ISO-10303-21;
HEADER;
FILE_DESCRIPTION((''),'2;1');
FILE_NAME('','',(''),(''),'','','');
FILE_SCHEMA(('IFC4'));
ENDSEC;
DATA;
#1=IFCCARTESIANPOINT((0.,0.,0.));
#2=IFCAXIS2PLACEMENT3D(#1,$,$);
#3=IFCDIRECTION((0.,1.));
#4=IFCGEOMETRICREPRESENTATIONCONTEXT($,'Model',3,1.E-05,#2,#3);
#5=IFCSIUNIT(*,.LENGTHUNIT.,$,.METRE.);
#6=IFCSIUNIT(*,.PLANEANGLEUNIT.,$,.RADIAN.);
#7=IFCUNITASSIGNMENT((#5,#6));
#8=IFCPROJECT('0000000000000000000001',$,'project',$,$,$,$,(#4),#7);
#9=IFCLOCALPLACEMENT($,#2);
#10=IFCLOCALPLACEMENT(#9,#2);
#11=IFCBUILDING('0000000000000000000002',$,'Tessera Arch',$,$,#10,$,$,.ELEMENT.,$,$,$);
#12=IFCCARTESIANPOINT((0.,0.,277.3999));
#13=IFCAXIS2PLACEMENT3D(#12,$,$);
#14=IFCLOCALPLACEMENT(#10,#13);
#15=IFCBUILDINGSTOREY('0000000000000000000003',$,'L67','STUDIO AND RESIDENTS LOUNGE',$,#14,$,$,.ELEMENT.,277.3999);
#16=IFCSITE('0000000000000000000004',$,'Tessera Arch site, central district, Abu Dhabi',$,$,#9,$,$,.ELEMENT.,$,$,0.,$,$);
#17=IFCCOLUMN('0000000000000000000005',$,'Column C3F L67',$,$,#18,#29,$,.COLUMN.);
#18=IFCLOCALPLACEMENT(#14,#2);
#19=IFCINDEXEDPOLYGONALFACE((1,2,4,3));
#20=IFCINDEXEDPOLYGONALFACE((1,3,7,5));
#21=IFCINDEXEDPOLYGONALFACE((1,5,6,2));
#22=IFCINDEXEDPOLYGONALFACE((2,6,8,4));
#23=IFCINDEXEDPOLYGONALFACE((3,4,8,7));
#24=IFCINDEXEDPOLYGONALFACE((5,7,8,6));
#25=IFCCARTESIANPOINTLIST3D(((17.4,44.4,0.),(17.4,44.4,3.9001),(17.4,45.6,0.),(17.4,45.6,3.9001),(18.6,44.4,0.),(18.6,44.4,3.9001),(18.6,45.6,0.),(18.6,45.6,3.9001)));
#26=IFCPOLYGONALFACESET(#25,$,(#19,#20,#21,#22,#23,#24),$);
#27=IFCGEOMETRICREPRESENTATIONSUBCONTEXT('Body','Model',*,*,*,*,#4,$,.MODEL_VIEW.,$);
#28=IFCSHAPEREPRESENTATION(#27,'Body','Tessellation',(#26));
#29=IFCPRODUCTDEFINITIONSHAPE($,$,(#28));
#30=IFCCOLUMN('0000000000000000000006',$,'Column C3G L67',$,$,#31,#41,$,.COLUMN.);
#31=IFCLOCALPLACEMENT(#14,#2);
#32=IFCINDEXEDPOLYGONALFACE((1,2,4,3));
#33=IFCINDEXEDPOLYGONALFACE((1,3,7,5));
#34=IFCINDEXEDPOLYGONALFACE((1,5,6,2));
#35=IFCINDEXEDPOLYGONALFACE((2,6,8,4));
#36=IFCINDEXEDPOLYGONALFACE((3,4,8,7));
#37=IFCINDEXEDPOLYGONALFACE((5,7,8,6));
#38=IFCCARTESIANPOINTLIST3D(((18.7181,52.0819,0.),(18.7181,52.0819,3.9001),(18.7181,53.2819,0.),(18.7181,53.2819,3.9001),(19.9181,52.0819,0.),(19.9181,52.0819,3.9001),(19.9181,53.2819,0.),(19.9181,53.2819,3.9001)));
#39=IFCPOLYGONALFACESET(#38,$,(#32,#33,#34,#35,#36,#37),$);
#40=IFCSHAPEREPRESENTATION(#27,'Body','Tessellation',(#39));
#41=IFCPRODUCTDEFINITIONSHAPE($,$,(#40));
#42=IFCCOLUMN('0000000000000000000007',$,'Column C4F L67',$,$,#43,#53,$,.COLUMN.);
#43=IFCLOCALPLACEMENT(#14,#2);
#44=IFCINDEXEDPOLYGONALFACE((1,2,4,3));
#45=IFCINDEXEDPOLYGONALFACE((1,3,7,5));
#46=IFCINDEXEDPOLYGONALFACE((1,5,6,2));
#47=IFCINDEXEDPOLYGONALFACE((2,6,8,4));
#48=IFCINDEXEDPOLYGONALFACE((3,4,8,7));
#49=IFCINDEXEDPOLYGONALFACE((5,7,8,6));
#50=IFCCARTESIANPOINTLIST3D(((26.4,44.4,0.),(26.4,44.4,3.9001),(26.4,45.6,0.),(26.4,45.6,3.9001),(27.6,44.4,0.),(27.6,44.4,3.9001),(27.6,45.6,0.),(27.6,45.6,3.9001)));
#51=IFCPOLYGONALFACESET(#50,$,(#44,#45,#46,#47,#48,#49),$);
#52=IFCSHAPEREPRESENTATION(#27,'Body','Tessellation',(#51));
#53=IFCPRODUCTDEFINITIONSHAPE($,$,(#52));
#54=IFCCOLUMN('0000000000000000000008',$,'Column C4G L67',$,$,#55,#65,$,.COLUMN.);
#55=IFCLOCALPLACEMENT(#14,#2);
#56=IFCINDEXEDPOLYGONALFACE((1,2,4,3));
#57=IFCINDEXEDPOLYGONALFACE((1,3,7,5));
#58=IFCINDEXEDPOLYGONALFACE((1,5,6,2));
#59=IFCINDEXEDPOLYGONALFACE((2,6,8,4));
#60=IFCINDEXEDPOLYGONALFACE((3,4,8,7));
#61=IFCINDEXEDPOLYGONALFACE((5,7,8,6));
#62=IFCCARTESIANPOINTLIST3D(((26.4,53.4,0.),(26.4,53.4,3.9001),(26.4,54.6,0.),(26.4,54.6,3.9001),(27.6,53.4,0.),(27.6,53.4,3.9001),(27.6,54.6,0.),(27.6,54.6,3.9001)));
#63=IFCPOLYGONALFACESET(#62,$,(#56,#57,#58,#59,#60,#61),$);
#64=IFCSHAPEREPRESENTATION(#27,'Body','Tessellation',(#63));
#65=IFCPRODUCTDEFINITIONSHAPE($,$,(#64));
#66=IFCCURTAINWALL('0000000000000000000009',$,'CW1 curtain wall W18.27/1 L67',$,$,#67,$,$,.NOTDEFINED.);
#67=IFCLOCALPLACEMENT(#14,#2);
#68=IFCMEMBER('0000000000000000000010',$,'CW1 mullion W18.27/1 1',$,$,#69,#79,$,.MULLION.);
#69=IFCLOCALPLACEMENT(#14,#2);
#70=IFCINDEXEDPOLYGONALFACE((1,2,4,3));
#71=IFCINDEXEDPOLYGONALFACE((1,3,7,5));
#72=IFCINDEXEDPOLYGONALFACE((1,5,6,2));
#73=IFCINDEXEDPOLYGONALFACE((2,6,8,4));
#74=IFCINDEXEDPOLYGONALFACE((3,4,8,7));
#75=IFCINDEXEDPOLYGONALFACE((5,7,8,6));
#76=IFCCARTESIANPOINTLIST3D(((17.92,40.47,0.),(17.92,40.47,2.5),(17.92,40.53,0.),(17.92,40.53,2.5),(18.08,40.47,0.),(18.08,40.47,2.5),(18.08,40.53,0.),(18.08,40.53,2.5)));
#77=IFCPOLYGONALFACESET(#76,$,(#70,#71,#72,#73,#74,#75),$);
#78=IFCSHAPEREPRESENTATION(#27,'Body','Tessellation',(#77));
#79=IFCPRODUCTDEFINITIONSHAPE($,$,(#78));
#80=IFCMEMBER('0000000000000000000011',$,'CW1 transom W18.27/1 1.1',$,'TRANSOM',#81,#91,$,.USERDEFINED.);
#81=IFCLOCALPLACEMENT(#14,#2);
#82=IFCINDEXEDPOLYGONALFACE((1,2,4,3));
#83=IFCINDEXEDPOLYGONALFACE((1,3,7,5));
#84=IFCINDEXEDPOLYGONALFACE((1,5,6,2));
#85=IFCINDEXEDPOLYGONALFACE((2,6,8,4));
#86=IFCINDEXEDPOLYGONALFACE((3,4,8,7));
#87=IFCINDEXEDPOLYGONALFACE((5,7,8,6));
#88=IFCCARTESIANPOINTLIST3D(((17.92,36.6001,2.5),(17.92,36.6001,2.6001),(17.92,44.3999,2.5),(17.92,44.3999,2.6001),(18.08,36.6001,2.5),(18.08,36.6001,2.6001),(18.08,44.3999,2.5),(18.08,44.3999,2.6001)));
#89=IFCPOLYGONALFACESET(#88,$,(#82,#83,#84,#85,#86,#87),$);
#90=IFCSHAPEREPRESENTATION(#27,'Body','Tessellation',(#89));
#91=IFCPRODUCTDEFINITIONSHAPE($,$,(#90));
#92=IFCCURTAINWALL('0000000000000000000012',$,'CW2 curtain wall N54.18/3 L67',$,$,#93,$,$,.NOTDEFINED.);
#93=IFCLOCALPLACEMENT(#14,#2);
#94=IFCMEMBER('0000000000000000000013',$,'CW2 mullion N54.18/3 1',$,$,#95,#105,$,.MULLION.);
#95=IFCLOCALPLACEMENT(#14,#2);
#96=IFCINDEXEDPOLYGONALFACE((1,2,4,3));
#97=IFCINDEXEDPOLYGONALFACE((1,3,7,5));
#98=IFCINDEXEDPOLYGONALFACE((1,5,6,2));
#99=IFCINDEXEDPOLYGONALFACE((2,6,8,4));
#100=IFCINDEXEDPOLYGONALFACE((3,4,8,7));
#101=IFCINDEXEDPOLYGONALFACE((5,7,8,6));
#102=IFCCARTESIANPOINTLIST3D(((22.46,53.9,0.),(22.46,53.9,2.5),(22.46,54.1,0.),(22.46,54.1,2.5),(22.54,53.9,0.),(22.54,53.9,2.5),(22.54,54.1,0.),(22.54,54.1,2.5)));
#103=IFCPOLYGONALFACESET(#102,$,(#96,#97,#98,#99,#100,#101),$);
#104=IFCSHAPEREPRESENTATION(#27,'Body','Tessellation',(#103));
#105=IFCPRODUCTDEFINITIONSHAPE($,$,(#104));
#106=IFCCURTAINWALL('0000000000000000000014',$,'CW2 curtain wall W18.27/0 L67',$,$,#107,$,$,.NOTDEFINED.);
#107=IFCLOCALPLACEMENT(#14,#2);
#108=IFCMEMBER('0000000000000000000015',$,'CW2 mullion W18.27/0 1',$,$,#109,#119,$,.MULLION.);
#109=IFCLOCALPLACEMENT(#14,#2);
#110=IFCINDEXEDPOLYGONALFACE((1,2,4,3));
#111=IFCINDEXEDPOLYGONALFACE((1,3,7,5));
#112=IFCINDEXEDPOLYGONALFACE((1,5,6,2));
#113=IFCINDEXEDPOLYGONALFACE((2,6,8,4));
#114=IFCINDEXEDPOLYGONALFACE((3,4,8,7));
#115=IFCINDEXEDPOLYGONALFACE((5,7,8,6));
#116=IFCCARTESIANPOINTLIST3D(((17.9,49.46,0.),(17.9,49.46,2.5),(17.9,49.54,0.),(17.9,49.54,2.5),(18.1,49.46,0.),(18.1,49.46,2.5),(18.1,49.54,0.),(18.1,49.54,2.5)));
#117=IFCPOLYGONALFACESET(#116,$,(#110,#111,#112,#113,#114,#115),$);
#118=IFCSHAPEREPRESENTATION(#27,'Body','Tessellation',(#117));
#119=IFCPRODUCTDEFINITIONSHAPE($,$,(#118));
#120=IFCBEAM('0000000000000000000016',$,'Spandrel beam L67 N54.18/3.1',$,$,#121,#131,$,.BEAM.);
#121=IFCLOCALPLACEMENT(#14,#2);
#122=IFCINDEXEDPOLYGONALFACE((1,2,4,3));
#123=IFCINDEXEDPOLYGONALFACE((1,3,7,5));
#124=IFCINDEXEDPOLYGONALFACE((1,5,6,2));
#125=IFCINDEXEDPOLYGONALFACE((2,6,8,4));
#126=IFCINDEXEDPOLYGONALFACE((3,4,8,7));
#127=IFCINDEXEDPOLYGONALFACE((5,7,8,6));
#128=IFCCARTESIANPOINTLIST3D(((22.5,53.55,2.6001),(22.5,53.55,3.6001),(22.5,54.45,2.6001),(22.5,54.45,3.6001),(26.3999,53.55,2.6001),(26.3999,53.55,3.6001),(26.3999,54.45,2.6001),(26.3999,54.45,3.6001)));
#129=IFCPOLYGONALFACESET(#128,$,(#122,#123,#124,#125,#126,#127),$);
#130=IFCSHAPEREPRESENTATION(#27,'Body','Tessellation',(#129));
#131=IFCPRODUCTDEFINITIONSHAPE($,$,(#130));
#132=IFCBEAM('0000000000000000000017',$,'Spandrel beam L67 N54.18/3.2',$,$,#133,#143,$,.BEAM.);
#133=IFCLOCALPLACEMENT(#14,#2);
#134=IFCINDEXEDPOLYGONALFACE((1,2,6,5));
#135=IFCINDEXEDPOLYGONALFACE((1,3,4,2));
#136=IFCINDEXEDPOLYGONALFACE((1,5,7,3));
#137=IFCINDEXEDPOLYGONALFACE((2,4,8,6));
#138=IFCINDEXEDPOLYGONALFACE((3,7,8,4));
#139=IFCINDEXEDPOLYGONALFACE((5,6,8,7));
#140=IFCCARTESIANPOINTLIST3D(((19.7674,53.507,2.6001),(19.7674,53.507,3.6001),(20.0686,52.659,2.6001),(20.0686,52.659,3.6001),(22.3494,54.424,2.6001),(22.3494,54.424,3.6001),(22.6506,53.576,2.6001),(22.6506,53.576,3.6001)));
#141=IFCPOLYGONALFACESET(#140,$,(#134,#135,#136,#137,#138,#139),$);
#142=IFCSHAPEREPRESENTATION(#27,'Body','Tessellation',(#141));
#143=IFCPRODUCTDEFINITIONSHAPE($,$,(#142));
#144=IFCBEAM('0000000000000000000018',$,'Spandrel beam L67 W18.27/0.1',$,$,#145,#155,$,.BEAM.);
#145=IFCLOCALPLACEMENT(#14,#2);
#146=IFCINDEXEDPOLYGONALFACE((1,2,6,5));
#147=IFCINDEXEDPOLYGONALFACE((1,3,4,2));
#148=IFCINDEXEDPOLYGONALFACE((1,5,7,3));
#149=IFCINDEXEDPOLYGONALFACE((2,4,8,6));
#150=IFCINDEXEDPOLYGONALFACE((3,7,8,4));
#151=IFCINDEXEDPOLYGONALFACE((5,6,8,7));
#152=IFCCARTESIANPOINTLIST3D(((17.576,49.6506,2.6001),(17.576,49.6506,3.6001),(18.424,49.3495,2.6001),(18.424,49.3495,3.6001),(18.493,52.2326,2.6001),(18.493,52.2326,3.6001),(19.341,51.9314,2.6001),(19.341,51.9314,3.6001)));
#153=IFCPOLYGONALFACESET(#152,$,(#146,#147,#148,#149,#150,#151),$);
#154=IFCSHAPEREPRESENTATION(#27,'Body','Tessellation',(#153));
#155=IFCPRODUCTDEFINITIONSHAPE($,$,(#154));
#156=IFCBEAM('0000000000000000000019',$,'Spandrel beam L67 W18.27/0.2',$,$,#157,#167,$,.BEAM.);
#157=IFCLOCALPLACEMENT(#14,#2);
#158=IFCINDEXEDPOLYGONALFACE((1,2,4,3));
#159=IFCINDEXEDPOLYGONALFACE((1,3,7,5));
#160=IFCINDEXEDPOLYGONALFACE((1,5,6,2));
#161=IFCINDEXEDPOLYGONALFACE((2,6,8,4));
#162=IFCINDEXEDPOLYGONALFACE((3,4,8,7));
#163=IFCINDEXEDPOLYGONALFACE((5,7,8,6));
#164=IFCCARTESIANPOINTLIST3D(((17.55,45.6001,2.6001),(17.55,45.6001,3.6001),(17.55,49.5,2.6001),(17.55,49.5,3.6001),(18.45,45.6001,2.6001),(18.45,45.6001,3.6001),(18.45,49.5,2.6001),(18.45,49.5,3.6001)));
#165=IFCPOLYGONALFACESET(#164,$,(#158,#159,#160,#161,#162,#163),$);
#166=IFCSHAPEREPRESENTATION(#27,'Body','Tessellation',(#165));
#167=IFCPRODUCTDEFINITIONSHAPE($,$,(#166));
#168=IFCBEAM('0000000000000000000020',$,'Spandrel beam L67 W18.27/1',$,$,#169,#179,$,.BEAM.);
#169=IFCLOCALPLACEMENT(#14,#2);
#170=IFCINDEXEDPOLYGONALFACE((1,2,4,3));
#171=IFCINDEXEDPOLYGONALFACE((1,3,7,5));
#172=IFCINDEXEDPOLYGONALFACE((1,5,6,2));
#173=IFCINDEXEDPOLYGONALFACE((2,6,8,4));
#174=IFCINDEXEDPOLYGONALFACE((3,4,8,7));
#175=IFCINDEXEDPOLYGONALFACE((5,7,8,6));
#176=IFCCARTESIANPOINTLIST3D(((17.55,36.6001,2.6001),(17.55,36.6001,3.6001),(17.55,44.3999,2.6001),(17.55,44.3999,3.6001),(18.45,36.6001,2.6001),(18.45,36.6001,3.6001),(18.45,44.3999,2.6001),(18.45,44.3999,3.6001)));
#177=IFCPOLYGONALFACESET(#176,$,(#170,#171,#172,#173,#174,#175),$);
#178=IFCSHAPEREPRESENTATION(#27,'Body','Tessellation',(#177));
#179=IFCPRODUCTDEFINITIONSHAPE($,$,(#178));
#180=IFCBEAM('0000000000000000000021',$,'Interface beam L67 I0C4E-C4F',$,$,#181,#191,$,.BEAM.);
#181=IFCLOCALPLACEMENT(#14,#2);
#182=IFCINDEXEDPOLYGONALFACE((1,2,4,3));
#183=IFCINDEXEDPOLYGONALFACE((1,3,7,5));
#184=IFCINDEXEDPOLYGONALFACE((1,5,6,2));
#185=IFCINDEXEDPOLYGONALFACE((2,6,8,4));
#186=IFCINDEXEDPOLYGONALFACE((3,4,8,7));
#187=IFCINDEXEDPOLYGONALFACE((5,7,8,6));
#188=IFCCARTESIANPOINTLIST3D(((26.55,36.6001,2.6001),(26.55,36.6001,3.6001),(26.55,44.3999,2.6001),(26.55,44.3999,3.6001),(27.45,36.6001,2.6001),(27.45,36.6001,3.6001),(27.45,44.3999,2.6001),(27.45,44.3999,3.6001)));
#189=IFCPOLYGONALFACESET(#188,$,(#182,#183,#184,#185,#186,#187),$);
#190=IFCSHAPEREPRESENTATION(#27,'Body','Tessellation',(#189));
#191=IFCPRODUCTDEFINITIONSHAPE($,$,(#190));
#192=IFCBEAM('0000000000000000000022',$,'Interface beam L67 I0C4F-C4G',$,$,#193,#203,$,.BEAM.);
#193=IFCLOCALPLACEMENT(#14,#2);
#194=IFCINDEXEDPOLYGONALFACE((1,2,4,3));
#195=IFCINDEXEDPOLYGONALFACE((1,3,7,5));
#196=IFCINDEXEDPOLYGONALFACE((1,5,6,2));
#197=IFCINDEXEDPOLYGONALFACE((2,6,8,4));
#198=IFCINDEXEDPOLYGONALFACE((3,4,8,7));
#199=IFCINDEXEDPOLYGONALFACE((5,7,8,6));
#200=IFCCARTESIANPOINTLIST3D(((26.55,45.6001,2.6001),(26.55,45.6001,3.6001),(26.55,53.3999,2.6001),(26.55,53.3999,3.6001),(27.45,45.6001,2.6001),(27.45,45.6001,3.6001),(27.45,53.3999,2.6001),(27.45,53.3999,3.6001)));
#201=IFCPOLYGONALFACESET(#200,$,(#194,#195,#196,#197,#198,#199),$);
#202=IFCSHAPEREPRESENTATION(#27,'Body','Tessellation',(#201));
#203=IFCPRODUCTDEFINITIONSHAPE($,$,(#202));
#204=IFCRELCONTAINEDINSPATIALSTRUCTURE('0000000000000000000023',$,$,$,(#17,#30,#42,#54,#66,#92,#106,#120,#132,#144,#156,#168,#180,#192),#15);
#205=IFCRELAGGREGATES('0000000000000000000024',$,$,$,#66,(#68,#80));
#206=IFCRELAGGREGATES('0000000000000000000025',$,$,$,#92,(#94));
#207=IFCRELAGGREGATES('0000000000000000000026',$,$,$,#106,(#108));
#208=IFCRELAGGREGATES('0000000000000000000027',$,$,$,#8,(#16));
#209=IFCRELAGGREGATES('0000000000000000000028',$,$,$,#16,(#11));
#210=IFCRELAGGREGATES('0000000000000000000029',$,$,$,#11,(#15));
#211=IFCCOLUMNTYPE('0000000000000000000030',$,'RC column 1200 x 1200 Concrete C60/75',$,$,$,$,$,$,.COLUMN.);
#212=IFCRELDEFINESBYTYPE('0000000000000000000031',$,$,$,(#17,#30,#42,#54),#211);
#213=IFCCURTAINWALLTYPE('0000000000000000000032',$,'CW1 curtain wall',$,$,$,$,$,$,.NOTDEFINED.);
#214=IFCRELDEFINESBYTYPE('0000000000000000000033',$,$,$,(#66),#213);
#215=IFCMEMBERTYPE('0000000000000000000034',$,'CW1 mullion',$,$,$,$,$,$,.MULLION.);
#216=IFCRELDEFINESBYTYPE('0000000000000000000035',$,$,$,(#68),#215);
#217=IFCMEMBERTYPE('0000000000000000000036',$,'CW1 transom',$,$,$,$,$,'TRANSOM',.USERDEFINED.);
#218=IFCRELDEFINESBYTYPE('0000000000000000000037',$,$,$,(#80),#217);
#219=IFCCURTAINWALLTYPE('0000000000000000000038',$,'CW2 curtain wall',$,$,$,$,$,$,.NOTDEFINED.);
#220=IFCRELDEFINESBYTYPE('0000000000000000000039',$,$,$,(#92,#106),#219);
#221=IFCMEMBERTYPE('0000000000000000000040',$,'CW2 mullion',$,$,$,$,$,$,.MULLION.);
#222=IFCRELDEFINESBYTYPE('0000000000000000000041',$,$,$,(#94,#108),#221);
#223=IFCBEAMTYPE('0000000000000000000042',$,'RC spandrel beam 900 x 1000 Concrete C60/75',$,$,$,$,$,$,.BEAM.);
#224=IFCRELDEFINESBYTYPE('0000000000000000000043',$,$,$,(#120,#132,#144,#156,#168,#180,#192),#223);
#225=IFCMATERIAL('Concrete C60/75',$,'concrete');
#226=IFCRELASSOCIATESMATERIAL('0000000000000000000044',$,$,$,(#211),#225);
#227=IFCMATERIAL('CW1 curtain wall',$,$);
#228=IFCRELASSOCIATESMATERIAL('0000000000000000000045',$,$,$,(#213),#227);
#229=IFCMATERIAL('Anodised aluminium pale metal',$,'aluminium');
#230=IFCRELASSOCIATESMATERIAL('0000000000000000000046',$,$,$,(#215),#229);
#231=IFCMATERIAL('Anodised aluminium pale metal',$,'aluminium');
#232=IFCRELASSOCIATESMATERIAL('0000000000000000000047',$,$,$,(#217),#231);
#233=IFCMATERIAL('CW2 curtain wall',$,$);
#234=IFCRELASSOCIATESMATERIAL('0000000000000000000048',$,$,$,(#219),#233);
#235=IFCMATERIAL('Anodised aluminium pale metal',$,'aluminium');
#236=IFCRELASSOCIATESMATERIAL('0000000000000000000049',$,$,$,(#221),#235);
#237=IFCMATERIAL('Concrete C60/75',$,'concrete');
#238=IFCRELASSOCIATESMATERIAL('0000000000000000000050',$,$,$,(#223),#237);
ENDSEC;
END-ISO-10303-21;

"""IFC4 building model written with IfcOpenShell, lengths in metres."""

from ifc_helpers import new_model, si_unit, direction, frame, origin, origin_2d, place, context, subcontext, project, spatial, rectangle, extrude, material, material_profile, profile_set, type_object, element, aggregate, save


model = new_model("IFC4")

# Units and contexts
model_context = context("Model", 3, precision=1e-05, world=origin(), true_north=direction((0.0, 1.0)))
body_context = subcontext(model_context, "Body", "Model", "MODEL_VIEW")
ifc_project = project(units=[si_unit("LENGTHUNIT", "METRE"), si_unit("PLANEANGLEUNIT", "RADIAN")], contexts=[model_context])

# Site, building, storey
site_placement = place(None, origin())
site = spatial("IfcSite", under=ifc_project, at=site_placement, Name="Tessera Arch site, central district, Abu Dhabi", CompositionType="ELEMENT", RefElevation=0.0)
building_placement = place(site_placement, origin())
building = spatial("IfcBuilding", under=site, at=building_placement, Name="Tessera Arch", CompositionType="ELEMENT")
storey_placement = place(building_placement, frame((0.0, 0.0, 277.3999)))
storey = spatial("IfcBuildingStorey", under=building, at=storey_placement, Name="L67", Description="STUDIO AND RESIDENTS LOUNGE", CompositionType="ELEMENT", Elevation=277.3999)

# Columns
ifc_material_1 = material(Name="Concrete C60/75", Category="concrete")
ifc_material_profile_1 = material_profile(ifc_material_1, rectangle(XDim=1.2, YDim=1.2, at=origin_2d()), Name="RC column 1200 x 1200 Concrete C60/75")
ifc_profile_set_1 = profile_set([ifc_material_profile_1], Name="Concrete C60/75")
column_type = type_object("IfcColumnType", Name="RC column 1200 x 1200 Concrete C60/75", PredefinedType="COLUMN", material=ifc_profile_set_1)
for number, where, z_axis, x_axis, name in (
    (1, (18.0, 45.0, 0.0), (0.0, 0.0, 1.0), (1.0, 0.0, 0.0), "Column C3F L67"),
    (2, (19.3181, 52.6819, 0.0), (0.0, 0.0, 1.0), (1.0, 0.0, 0.0), "Column C3G L67"),
    (3, (27.0, 45.0, 0.0), (0.0, 0.0, 1.0), (1.0, 0.0, 0.0), "Column C4F L67"),
    (4, (27.0, 54.0, 0.0), (0.0, 0.0, 1.0), (1.0, 0.0, 0.0), "Column C4G L67"),
):
    element("IfcColumn", number, at=place(storey_placement, frame(where, z_axis=z_axis, x_axis=x_axis)), inside=storey, type_object=column_type, Name=name, PredefinedType="COLUMN", context=body_context, shape_type="SweptSolid", body=[
        extrude(rectangle(XDim=1.2, YDim=1.2, at=origin_2d()), origin(), (0.0, 0.0, 1.0), 3.9001),
    ])

# Curtain wall, members
ifc_material_2 = material(Name="CW1 curtain wall")
curtain_wall_type_1 = type_object("IfcCurtainWallType", Name="CW1 curtain wall", PredefinedType="NOTDEFINED", material=ifc_material_2)
curtain_wall_1_placement = place(storey_placement, origin())
curtain_wall_1 = element("IfcCurtainWall", 5, at=curtain_wall_1_placement, inside=storey, type_object=curtain_wall_type_1, Name="CW1 curtain wall W18.27/1 L67", PredefinedType="NOTDEFINED")
ifc_material_3 = material(Name="Anodised aluminium pale metal", Category="aluminium")
ifc_material_profile_2 = material_profile(ifc_material_3, rectangle(XDim=0.1599, YDim=0.0601, at=origin_2d()), Name="AL 60x160")
ifc_profile_set_2 = profile_set([ifc_material_profile_2], Name="Anodised aluminium pale metal")
member_type_1 = type_object("IfcMemberType", Name="CW1 mullion", PredefinedType="MULLION", material=ifc_profile_set_2)
member_1_placement = place(storey_placement, frame((18.0, 40.5, 0.0), z_axis=(0.0, 0.0, 1.0), x_axis=(1.0, 0.0, 0.0)))
member_1 = element("IfcMember", 6, at=member_1_placement, type_object=member_type_1, Name="CW1 mullion W18.27/1 1", PredefinedType="MULLION", context=body_context, shape_type="SweptSolid", body=[
    extrude(rectangle(XDim=0.1599, YDim=0.0601, at=origin_2d()), origin(), (0.0, 0.0, 1.0), 2.5),
])
ifc_material_4 = material(Name="Anodised aluminium pale metal", Category="aluminium")
ifc_material_profile_3 = material_profile(ifc_material_4, rectangle(XDim=0.1599, YDim=0.1001, at=origin_2d()), Name="AL 160x100")
ifc_profile_set_3 = profile_set([ifc_material_profile_3], Name="Anodised aluminium pale metal")
member_type_2 = type_object("IfcMemberType", Name="CW1 transom", ElementType="TRANSOM", PredefinedType="USERDEFINED", material=ifc_profile_set_3)
member_2_placement = place(storey_placement, frame((18.0, 44.3999, 2.55), z_axis=(0.0, -1.0, 0.0), x_axis=(1.0, 0.0, 0.0)))
member_2 = element("IfcMember", 7, at=member_2_placement, type_object=member_type_2, Name="CW1 transom W18.27/1 1.1", ObjectType="TRANSOM", PredefinedType="USERDEFINED", context=body_context, shape_type="SweptSolid", body=[
    extrude(rectangle(XDim=0.1599, YDim=0.1001, at=origin_2d()), origin(), (0.0, 0.0, 1.0), 7.7998),
])

# Curtain walls, members
ifc_material_5 = material(Name="CW2 curtain wall")
curtain_wall_type_2 = type_object("IfcCurtainWallType", Name="CW2 curtain wall", PredefinedType="NOTDEFINED", material=ifc_material_5)
curtain_wall_2_placement = place(storey_placement, origin())
curtain_wall_2 = element("IfcCurtainWall", 8, at=curtain_wall_2_placement, inside=storey, type_object=curtain_wall_type_2, Name="CW2 curtain wall N54.18/3 L67", PredefinedType="NOTDEFINED")
ifc_material_6 = material(Name="Anodised aluminium pale metal", Category="aluminium")
ifc_material_profile_4 = material_profile(ifc_material_6, rectangle(XDim=0.2, YDim=0.0801, at=origin_2d()), Name="AL 80x200")
ifc_profile_set_4 = profile_set([ifc_material_profile_4], Name="Anodised aluminium pale metal")
member_type_3 = type_object("IfcMemberType", Name="CW2 mullion", PredefinedType="MULLION", material=ifc_profile_set_4)
member_3_placement = place(storey_placement, frame((22.5, 54.0, 0.0), z_axis=(0.0, 0.0, 1.0), x_axis=(0.0, -1.0, 0.0)))
member_3 = element("IfcMember", 9, at=member_3_placement, type_object=member_type_3, Name="CW2 mullion N54.18/3 1", PredefinedType="MULLION", context=body_context, shape_type="SweptSolid", body=[
    extrude(rectangle(XDim=0.2, YDim=0.0801, at=origin_2d()), origin(), (0.0, 0.0, 1.0), 2.5),
])
curtain_wall_3_placement = place(storey_placement, origin())
curtain_wall_3 = element("IfcCurtainWall", 10, at=curtain_wall_3_placement, inside=storey, type_object=curtain_wall_type_2, Name="CW2 curtain wall W18.27/0 L67", PredefinedType="NOTDEFINED")
member_4_placement = place(storey_placement, frame((18.0, 49.5, 0.0), z_axis=(0.0, 0.0, 1.0), x_axis=(1.0, 0.0, 0.0)))
member_4 = element("IfcMember", 11, at=member_4_placement, type_object=member_type_3, Name="CW2 mullion W18.27/0 1", PredefinedType="MULLION", context=body_context, shape_type="SweptSolid", body=[
    extrude(rectangle(XDim=0.2, YDim=0.0801, at=origin_2d()), origin(), (0.0, 0.0, 1.0), 2.5),
])

# Beams
ifc_material_7 = material(Name="Concrete C60/75", Category="concrete")
ifc_material_profile_5 = material_profile(ifc_material_7, rectangle(XDim=0.8999, YDim=1.0, at=origin_2d()), Name="RC spandrel beam 900 x 1000 Concrete C60/75")
ifc_profile_set_5 = profile_set([ifc_material_profile_5], Name="Concrete C60/75")
beam_type = type_object("IfcBeamType", Name="RC spandrel beam 900 x 1000 Concrete C60/75", PredefinedType="BEAM", material=ifc_profile_set_5)
beam_1_placement = place(storey_placement, frame((26.3999, 54.0, 3.1001), z_axis=(-1.0, 0.0, 0.0), x_axis=(0.0, -1.0, 0.0)))
element("IfcBeam", 12, at=beam_1_placement, inside=storey, type_object=beam_type, Name="Spandrel beam L67 N54.18/3.1", PredefinedType="BEAM", context=body_context, shape_type="SweptSolid", body=[
    extrude(rectangle(XDim=0.8999, YDim=1.0, at=origin_2d()), origin(), (0.0, 0.0, 1.0), 3.8999),
])
for number, where, z_axis, x_axis, name in (
    (13, (22.5, 54.0, 3.1001), (-0.942337, -0.334665, 0.0), (0.334665, -0.942337, 0.0), "Spandrel beam L67 N54.18/3.2"),
    (14, (18.917, 52.082, 3.1001), (-0.334665, -0.942337, 0.0), (0.942337, -0.334665, 0.0), "Spandrel beam L67 W18.27/0.1"),
):
    element("IfcBeam", number, at=place(storey_placement, frame(where, z_axis=z_axis, x_axis=x_axis)), inside=storey, type_object=beam_type, Name=name, PredefinedType="BEAM", context=body_context, shape_type="SweptSolid", body=[
        extrude(rectangle(XDim=0.8999, YDim=1.0, at=origin_2d()), origin(), (0.0, 0.0, 1.0), 2.74),
    ])
beam_2_placement = place(storey_placement, frame((18.0, 49.5, 3.1001), z_axis=(0.0, -1.0, 0.0), x_axis=(1.0, 0.0, 0.0)))
element("IfcBeam", 15, at=beam_2_placement, inside=storey, type_object=beam_type, Name="Spandrel beam L67 W18.27/0.2", PredefinedType="BEAM", context=body_context, shape_type="SweptSolid", body=[
    extrude(rectangle(XDim=0.8999, YDim=1.0, at=origin_2d()), origin(), (0.0, 0.0, 1.0), 3.8999),
])
for number, where, z_axis, x_axis, name in (
    (16, (18.0, 44.3999, 3.1001), (0.0, -1.0, 0.0), (1.0, 0.0, 0.0), "Spandrel beam L67 W18.27/1"),
    (17, (27.0, 36.6001, 3.1001), (0.0, 1.0, 0.0), (-1.0, 0.0, 0.0), "Interface beam L67 I0C4E-C4F"),
    (18, (27.0, 45.6001, 3.1001), (0.0, 1.0, 0.0), (-1.0, 0.0, 0.0), "Interface beam L67 I0C4F-C4G"),
):
    element("IfcBeam", number, at=place(storey_placement, frame(where, z_axis=z_axis, x_axis=x_axis)), inside=storey, type_object=beam_type, Name=name, PredefinedType="BEAM", context=body_context, shape_type="SweptSolid", body=[
        extrude(rectangle(XDim=0.8999, YDim=1.0, at=origin_2d()), origin(), (0.0, 0.0, 1.0), 7.7998),
    ])

aggregate(curtain_wall_1, [member_1, member_2])
aggregate(curtain_wall_2, [member_3])
aggregate(curtain_wall_3, [member_4])

save(model, "model.ifc")
